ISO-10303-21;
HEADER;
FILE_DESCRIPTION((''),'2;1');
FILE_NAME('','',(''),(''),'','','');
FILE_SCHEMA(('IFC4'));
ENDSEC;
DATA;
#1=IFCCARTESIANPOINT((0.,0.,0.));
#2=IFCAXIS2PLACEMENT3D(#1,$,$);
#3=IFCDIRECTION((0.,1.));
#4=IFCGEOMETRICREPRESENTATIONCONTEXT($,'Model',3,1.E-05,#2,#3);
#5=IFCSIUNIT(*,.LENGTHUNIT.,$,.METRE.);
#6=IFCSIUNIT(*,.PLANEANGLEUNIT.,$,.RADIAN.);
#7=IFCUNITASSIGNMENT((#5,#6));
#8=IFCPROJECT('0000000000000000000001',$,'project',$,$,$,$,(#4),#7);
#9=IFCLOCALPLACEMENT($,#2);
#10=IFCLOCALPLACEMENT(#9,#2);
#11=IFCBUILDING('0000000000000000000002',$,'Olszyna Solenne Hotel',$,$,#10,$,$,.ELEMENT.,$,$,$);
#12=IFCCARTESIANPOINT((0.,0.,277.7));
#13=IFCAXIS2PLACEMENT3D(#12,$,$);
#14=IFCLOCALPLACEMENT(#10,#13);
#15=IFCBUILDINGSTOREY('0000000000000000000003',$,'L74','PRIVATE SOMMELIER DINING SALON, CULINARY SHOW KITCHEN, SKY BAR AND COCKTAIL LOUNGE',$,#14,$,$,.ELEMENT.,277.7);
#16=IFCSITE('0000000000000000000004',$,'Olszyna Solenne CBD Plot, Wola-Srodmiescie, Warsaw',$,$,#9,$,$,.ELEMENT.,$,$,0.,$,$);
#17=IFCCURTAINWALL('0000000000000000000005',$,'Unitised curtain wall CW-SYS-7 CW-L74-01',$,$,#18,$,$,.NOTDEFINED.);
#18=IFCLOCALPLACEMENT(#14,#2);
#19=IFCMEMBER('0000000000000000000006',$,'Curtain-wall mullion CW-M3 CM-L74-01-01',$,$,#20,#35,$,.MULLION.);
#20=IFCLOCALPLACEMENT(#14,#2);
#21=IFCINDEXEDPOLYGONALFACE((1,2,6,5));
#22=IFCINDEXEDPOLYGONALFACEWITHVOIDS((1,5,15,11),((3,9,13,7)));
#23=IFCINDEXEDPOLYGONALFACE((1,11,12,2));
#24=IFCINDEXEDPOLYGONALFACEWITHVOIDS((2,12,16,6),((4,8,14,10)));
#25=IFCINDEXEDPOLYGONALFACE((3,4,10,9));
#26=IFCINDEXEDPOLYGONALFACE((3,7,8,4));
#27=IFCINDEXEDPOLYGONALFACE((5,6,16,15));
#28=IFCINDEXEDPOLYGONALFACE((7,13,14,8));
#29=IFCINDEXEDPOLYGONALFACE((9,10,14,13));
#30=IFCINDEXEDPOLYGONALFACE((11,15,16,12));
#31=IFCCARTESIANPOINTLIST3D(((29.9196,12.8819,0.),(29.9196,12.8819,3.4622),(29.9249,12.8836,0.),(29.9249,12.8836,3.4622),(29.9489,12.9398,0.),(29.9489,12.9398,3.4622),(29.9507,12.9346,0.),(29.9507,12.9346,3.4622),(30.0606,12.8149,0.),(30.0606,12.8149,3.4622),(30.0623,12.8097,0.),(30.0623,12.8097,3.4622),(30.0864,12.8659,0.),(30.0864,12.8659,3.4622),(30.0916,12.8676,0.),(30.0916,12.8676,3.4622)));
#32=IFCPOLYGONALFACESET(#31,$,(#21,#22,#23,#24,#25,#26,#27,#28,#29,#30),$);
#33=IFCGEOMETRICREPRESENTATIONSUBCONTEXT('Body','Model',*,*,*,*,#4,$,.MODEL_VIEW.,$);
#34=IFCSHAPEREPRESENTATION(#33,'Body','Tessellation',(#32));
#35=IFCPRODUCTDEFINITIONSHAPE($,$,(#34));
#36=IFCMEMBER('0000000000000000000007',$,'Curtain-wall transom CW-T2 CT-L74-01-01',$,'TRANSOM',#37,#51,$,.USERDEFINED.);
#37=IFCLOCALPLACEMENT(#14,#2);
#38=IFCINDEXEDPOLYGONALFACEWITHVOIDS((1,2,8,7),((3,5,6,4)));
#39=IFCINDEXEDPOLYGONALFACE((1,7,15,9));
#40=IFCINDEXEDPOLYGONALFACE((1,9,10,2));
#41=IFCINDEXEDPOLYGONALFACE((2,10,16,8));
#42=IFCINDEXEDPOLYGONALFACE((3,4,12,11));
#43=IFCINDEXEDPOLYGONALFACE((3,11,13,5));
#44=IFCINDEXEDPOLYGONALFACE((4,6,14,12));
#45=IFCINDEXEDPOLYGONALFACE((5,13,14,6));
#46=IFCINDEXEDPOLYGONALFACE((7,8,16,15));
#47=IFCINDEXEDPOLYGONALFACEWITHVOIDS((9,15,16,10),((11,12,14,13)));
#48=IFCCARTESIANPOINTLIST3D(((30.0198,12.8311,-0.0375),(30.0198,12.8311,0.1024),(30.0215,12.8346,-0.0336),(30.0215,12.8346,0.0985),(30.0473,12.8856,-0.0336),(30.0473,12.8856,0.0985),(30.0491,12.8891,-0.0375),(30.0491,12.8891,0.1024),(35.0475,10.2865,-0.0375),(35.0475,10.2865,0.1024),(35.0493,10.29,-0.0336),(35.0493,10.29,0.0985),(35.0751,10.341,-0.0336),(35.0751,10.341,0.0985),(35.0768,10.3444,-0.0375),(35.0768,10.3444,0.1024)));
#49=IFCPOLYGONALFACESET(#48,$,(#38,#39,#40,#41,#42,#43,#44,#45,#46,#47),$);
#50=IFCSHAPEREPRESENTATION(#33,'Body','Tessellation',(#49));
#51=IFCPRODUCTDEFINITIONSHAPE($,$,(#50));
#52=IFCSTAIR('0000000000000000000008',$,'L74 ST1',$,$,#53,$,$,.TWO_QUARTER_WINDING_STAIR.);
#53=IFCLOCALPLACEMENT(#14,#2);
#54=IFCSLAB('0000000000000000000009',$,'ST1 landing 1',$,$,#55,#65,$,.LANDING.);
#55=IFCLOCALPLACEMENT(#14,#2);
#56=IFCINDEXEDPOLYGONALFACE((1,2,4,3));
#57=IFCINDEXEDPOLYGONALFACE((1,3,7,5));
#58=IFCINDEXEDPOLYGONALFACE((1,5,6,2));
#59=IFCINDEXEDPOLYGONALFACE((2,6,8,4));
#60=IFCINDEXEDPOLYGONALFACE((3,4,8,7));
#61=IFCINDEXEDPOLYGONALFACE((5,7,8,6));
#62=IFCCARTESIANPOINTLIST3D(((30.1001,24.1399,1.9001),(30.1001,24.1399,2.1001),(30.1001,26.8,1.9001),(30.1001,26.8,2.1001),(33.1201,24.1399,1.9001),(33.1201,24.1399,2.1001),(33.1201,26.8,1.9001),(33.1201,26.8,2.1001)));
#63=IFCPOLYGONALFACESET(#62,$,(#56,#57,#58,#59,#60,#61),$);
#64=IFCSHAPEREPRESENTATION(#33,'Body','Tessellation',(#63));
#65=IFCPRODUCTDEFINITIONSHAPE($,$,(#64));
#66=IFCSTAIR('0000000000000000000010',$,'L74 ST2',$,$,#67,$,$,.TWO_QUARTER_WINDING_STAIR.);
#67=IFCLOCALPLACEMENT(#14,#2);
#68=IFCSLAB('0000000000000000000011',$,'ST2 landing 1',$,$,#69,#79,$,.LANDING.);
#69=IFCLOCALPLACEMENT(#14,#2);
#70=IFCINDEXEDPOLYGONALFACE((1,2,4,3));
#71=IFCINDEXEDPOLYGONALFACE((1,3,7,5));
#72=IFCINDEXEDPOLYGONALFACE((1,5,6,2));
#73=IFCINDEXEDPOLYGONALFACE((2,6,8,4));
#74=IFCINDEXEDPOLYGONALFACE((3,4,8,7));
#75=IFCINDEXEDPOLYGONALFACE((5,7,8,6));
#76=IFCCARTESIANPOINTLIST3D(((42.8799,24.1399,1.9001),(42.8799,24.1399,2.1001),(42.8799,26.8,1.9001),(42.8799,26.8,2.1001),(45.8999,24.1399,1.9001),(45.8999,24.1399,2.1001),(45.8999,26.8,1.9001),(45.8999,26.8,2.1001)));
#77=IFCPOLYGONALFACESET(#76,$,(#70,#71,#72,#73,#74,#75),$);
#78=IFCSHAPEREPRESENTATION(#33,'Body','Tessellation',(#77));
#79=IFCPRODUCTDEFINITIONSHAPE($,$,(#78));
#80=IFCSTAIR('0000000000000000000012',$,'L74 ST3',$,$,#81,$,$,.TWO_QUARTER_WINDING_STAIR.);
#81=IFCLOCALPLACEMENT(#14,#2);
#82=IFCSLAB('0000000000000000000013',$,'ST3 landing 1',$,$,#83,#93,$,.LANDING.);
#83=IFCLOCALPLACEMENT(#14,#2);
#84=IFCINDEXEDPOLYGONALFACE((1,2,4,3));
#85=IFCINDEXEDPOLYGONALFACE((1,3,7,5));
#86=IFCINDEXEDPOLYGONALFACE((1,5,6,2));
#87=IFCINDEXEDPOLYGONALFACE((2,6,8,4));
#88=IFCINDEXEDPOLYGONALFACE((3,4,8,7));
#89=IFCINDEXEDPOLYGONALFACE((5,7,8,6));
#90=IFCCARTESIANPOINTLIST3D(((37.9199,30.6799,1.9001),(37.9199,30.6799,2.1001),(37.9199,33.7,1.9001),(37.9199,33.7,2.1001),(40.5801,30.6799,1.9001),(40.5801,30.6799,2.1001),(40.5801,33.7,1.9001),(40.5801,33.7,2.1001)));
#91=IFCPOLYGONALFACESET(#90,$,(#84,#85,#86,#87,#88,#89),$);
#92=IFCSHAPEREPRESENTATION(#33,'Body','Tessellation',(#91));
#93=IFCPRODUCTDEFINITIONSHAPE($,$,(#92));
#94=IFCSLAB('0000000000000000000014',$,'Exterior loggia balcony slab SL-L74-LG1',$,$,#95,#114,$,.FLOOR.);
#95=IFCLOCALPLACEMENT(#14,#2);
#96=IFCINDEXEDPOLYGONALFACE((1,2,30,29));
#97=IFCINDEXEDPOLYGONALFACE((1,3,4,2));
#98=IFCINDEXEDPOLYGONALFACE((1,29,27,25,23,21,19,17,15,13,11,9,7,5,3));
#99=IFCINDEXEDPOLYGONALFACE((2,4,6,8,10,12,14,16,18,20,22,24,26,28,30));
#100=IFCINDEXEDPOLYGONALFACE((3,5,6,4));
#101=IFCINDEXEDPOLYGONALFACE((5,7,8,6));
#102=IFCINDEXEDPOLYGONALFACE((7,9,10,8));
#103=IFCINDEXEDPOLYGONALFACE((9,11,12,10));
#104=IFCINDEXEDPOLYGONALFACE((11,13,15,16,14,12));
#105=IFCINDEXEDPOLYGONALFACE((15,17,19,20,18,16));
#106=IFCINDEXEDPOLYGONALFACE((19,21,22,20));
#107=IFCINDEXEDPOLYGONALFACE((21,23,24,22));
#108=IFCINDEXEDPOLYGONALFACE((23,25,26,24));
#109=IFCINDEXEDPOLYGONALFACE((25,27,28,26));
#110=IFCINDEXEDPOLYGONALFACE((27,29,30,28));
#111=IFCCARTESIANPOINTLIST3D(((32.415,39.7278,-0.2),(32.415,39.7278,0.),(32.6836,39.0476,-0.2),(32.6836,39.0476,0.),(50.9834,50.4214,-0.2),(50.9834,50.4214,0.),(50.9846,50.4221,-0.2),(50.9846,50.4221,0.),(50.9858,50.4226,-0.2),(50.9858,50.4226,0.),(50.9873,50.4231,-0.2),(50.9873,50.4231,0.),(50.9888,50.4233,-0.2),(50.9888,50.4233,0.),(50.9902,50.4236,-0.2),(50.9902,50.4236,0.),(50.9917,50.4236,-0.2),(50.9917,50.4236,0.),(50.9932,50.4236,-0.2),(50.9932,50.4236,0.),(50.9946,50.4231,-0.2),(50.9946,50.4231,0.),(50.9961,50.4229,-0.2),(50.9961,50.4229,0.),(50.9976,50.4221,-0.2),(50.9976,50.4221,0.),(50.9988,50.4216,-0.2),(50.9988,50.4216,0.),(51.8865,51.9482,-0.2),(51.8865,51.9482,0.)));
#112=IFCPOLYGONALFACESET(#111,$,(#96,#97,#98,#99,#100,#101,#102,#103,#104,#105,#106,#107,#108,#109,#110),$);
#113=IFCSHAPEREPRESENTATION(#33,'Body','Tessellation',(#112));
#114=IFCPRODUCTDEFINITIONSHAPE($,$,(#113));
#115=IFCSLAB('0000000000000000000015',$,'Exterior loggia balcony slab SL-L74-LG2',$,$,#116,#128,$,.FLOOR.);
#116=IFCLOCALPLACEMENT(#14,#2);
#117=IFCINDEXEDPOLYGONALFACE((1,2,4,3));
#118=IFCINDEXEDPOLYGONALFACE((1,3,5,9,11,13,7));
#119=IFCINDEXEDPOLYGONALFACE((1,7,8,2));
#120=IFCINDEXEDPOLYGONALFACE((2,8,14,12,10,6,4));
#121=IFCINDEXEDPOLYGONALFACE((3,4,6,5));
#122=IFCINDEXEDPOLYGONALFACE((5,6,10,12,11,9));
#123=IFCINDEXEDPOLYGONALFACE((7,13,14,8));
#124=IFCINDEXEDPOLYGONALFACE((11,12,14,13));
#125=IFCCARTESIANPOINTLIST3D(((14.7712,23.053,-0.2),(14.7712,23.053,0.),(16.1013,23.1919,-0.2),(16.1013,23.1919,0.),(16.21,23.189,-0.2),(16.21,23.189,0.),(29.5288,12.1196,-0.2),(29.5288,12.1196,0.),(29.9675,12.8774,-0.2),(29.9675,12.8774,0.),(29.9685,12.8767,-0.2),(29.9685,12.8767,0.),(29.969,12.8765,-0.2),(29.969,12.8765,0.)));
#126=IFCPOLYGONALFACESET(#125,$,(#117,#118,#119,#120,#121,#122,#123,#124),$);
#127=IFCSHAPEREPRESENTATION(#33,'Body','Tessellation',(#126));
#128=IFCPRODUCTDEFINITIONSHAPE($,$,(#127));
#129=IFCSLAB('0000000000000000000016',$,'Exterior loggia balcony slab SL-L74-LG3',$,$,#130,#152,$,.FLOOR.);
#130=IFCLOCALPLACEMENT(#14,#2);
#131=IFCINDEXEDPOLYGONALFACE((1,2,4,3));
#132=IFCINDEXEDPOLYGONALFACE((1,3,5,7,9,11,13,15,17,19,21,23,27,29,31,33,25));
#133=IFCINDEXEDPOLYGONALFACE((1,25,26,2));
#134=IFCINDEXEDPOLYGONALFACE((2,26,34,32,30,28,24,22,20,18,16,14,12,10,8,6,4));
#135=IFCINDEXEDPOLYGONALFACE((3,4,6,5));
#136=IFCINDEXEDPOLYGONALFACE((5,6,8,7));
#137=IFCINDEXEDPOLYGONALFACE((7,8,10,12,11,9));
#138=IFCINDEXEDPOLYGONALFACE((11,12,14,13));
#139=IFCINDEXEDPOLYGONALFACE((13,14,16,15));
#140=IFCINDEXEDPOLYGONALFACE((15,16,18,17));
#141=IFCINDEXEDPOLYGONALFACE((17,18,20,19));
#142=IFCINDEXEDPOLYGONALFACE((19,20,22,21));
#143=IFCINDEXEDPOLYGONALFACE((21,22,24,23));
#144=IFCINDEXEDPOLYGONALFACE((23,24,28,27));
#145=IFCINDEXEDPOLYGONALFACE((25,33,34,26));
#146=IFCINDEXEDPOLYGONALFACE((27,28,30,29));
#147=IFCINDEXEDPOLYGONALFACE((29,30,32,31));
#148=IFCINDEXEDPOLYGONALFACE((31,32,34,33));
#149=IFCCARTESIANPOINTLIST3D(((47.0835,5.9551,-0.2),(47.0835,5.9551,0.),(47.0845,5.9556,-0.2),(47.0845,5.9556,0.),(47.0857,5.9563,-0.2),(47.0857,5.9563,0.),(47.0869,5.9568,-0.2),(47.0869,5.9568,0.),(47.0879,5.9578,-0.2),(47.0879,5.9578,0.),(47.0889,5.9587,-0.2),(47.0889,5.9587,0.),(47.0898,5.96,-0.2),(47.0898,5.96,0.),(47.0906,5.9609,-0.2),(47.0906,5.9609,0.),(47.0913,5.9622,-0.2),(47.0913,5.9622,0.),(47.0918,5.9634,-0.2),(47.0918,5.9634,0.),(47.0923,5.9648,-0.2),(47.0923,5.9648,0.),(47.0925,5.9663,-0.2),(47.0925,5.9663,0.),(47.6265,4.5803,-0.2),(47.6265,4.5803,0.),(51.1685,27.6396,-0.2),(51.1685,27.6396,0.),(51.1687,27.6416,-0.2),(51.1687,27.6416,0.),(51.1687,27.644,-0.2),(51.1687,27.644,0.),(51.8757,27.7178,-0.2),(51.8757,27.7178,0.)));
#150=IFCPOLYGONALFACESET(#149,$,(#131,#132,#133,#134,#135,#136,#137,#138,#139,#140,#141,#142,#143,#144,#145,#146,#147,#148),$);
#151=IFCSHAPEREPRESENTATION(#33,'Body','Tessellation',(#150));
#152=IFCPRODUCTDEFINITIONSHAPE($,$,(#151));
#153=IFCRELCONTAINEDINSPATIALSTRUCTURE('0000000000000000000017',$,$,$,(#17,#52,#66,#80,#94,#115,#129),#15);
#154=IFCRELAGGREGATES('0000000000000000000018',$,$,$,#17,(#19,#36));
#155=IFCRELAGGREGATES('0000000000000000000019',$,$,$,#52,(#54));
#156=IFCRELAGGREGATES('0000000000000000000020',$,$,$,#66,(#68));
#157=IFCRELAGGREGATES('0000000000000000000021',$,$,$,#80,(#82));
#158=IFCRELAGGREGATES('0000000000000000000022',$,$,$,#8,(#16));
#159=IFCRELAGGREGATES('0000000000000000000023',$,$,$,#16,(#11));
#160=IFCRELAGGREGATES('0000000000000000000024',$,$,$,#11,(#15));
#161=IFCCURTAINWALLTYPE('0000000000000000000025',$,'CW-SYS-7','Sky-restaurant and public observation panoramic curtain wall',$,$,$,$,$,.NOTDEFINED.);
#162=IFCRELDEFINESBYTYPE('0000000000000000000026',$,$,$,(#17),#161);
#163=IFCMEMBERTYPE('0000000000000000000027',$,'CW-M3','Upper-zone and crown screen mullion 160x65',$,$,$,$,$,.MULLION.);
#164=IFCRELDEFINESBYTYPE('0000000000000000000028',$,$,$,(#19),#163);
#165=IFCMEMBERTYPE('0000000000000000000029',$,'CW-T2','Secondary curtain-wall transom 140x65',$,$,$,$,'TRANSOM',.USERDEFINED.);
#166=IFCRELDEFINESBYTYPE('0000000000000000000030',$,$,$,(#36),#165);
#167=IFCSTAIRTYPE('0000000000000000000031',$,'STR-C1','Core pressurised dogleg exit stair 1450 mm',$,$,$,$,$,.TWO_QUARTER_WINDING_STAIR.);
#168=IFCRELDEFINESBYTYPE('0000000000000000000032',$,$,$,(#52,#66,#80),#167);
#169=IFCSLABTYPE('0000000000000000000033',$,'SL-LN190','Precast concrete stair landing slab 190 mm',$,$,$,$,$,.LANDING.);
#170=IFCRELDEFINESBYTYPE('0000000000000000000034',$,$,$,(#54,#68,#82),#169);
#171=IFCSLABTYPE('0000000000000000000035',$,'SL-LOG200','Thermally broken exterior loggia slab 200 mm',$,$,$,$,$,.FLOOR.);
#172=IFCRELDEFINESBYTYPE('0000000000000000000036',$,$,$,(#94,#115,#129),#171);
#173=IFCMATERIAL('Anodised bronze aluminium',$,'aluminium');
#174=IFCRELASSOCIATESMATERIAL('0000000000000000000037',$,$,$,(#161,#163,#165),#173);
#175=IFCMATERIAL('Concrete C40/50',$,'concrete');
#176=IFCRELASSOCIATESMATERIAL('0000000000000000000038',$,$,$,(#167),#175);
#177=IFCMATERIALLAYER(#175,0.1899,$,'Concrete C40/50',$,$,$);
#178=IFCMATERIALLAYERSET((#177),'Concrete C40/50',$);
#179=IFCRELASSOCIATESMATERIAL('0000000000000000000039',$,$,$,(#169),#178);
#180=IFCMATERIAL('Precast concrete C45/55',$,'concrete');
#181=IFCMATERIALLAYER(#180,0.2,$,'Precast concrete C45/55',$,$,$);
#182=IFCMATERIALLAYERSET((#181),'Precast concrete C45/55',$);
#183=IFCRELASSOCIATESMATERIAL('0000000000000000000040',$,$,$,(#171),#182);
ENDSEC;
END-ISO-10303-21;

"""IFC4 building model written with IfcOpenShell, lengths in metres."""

from ifc_helpers import new_model, si_unit, direction, frame, origin, origin_2d, place, context, subcontext, project, spatial, polyline, hollow_rectangle, outline, extrude, source, transform, mapped, material, layer, layer_set, material_profile, profile_set, type_object, element, aggregate, save


model = new_model("IFC4")

# Units and contexts
model_context = context("Model", 3, precision=1e-05, world=origin(), true_north=direction((0.0, 1.0)))
body_context = subcontext(model_context, "Body", "Model", "MODEL_VIEW")
ifc_project = project(units=[si_unit("LENGTHUNIT", "METRE"), si_unit("PLANEANGLEUNIT", "RADIAN")], contexts=[model_context])

# Site, building, storey
site_placement = place(None, origin())
site = spatial("IfcSite", under=ifc_project, at=site_placement, Name="Olszyna Solenne CBD Plot, Wola-Srodmiescie, Warsaw", CompositionType="ELEMENT", RefElevation=0.0)
building_placement = place(site_placement, origin())
building = spatial("IfcBuilding", under=site, at=building_placement, Name="Olszyna Solenne Hotel", CompositionType="ELEMENT")
storey_placement = place(building_placement, frame((0.0, 0.0, 277.7)))
storey = spatial("IfcBuildingStorey", under=building, at=storey_placement, Name="L74", Description="PRIVATE SOMMELIER DINING SALON, CULINARY SHOW KITCHEN, SKY BAR AND COCKTAIL LOUNGE", CompositionType="ELEMENT", Elevation=277.7)

# Curtain wall, members
ifc_material_1 = material(Name="Anodised bronze aluminium", Category="aluminium")
curtain_wall_type = type_object("IfcCurtainWallType", Name="CW-SYS-7", Description="Sky-restaurant and public observation panoramic curtain wall", PredefinedType="NOTDEFINED", material=ifc_material_1)
curtain_wall_placement = place(storey_placement, origin())
curtain_wall = element("IfcCurtainWall", 1, at=curtain_wall_placement, inside=storey, type_object=curtain_wall_type, Name="Unitised curtain wall CW-SYS-7 CW-L74-01", PredefinedType="NOTDEFINED")
ifc_material_profile_1 = material_profile(ifc_material_1, hollow_rectangle(XDim=0.0649, YDim=0.1599, WallThickness=0.0039, at=origin_2d()), Name="MULL 160x65x4", Category="load-bearing")
ifc_profile_set_1 = profile_set([ifc_material_profile_1], Name="Anodised bronze aluminium")
member_type_1 = type_object("IfcMemberType", Name="CW-M3", Description="Upper-zone and crown screen mullion 160x65", PredefinedType="MULLION", material=ifc_profile_set_1)
shared_shape_1 = source(origin(), body_context, "Body", "SweptSolid", [
    extrude(hollow_rectangle(XDim=0.0649, YDim=0.1599, WallThickness=0.0039, at=origin_2d()), origin(), (0.0, 0.0, 1.0), 3.4622),
])
member_1_placement = place(storey_placement, frame((30.0056, 12.8748, 0.0), z_axis=(0.0, 0.0, 1.0), x_axis=(0.451574, 0.892234, 0.0)))
member_1 = element("IfcMember", 2, at=member_1_placement, type_object=member_type_1, Name="Curtain-wall mullion CW-M3 CM-L74-01-01", PredefinedType="MULLION", context=body_context, shape_type="MappedRepresentation", body=[
    mapped(shared_shape_1, transform((0.0, 0.0, 0.0), x_axis=(1.0, 0.0, 0.0), y_axis=(0.0, 1.0, 0.0), z_axis=(0.0, 0.0, 1.0), scale=1.0)),
])
ifc_material_profile_2 = material_profile(ifc_material_1, hollow_rectangle(XDim=0.0649, YDim=0.1399, WallThickness=0.0039, at=origin_2d()), Name="TRAN 140x65x4", Category="load-bearing")
ifc_profile_set_2 = profile_set([ifc_material_profile_2], Name="Anodised bronze aluminium")
member_type_2 = type_object("IfcMemberType", Name="CW-T2", Description="Secondary curtain-wall transom 140x65", ElementType="TRANSOM", PredefinedType="USERDEFINED", material=ifc_profile_set_2)
shared_shape_2 = source(origin(), body_context, "Body", "SweptSolid", [
    extrude(hollow_rectangle(XDim=0.0649, YDim=0.1399, WallThickness=0.0039, at=origin_2d()), origin(), (0.0, 0.0, 1.0), 5.635),
])
member_2_placement = place(storey_placement, frame((30.0344, 12.8601, 0.0325), z_axis=(0.892233, -0.451575, 0.0), x_axis=(0.451575, 0.892233, 0.0)))
member_2 = element("IfcMember", 3, at=member_2_placement, type_object=member_type_2, Name="Curtain-wall transom CW-T2 CT-L74-01-01", ObjectType="TRANSOM", PredefinedType="USERDEFINED", context=body_context, shape_type="MappedRepresentation", body=[
    mapped(shared_shape_2, transform((0.0, 0.0, 0.0), x_axis=(1.0, 0.0, 0.0), y_axis=(0.0, 1.0, 0.0), z_axis=(0.0, 0.0, 1.0), scale=1.0)),
])
aggregate(curtain_wall, [member_1, member_2])

# Stairs, slabs
ifc_material_2 = material(Name="Concrete C40/50", Category="concrete")
stair_type = type_object("IfcStairType", Name="STR-C1", Description="Core pressurised dogleg exit stair 1450 mm", PredefinedType="TWO_QUARTER_WINDING_STAIR", material=ifc_material_2)
stair_1_placement = place(storey_placement, origin())
stair_1 = element("IfcStair", 4, at=stair_1_placement, inside=storey, type_object=stair_type, Name="L74 ST1", PredefinedType="TWO_QUARTER_WINDING_STAIR")
ifc_layer_1 = layer(ifc_material_2, 0.1899, Name="Concrete C40/50")
ifc_layer_set_1 = layer_set([ifc_layer_1], Name="Concrete C40/50")
slab_type_1 = type_object("IfcSlabType", Name="SL-LN190", Description="Precast concrete stair landing slab 190 mm", PredefinedType="LANDING", material=ifc_layer_set_1)
slab_1_placement = place(storey_placement, frame((0.0, 0.0, 1.9001)))
slab_1 = element("IfcSlab", 5, at=slab_1_placement, type_object=slab_type_1, Name="ST1 landing 1", PredefinedType="LANDING", context=body_context, shape_type="SweptSolid", body=[
    extrude(outline(polyline([(33.1201, 24.1399), (33.1201, 26.8), (30.1001, 26.8), (30.1001, 24.1399), (33.1201, 24.1399)])), origin(), (0.0, 0.0, 1.0), 0.2),
])
aggregate(stair_1, [slab_1])
stair_2_placement = place(storey_placement, origin())
stair_2 = element("IfcStair", 6, at=stair_2_placement, inside=storey, type_object=stair_type, Name="L74 ST2", PredefinedType="TWO_QUARTER_WINDING_STAIR")
slab_2_placement = place(storey_placement, frame((0.0, 0.0, 1.9001)))
slab_2 = element("IfcSlab", 7, at=slab_2_placement, type_object=slab_type_1, Name="ST2 landing 1", PredefinedType="LANDING", context=body_context, shape_type="SweptSolid", body=[
    extrude(outline(polyline([(45.8999, 24.1399), (45.8999, 26.8), (42.8799, 26.8), (42.8799, 24.1399), (45.8999, 24.1399)])), origin(), (0.0, 0.0, 1.0), 0.2),
])
aggregate(stair_2, [slab_2])
stair_3_placement = place(storey_placement, origin())
stair_3 = element("IfcStair", 8, at=stair_3_placement, inside=storey, type_object=stair_type, Name="L74 ST3", PredefinedType="TWO_QUARTER_WINDING_STAIR")
slab_3_placement = place(storey_placement, frame((0.0, 0.0, 1.9001)))
slab_3 = element("IfcSlab", 9, at=slab_3_placement, type_object=slab_type_1, Name="ST3 landing 1", PredefinedType="LANDING", context=body_context, shape_type="SweptSolid", body=[
    extrude(outline(polyline([(37.9199, 30.6799), (40.5801, 30.6799), (40.5801, 33.7), (37.9199, 33.7), (37.9199, 30.6799)])), origin(), (0.0, 0.0, 1.0), 0.2),
])
aggregate(stair_3, [slab_3])

# Slabs
ifc_material_3 = material(Name="Precast concrete C45/55", Category="concrete")
ifc_layer_2 = layer(ifc_material_3, 0.2, Name="Precast concrete C45/55")
ifc_layer_set_2 = layer_set([ifc_layer_2], Name="Precast concrete C45/55")
slab_type_2 = type_object("IfcSlabType", Name="SL-LOG200", Description="Thermally broken exterior loggia slab 200 mm", PredefinedType="FLOOR", material=ifc_layer_set_2)
slab_4_placement = place(storey_placement, frame((0.0, 0.0, -0.2)))
element("IfcSlab", 10, at=slab_4_placement, inside=storey, type_object=slab_type_2, Name="Exterior loggia balcony slab SL-L74-LG1", PredefinedType="FLOOR", context=body_context, shape_type="SweptSolid", body=[
    extrude(outline(polyline([(32.6836, 39.0476), (50.9834, 50.4214), (50.9846, 50.4221), (50.9858, 50.4226), (50.9873, 50.4231), (50.9888, 50.4233), (50.9902, 50.4236), (50.9917, 50.4236), (50.9932, 50.4236), (50.9946, 50.4231), (50.9961, 50.4229), (50.9976, 50.4221), (50.9988, 50.4216), (51.8865, 51.9482), (32.415, 39.7278), (32.6836, 39.0476)])), origin(), (0.0, 0.0, 1.0), 0.2),
])
slab_5_placement = place(storey_placement, frame((0.0, 0.0, -0.2)))
element("IfcSlab", 11, at=slab_5_placement, inside=storey, type_object=slab_type_2, Name="Exterior loggia balcony slab SL-L74-LG2", PredefinedType="FLOOR", context=body_context, shape_type="SweptSolid", body=[
    extrude(outline(polyline([(29.969, 12.8765), (29.9685, 12.8767), (29.9675, 12.8774), (16.21, 23.189), (16.1013, 23.1919), (14.7712, 23.053), (29.5288, 12.1196), (29.969, 12.8765)])), origin(), (0.0, 0.0, 1.0), 0.2),
])
slab_6_placement = place(storey_placement, frame((0.0, 0.0, -0.2)))
element("IfcSlab", 12, at=slab_6_placement, inside=storey, type_object=slab_type_2, Name="Exterior loggia balcony slab SL-L74-LG3", PredefinedType="FLOOR", context=body_context, shape_type="SweptSolid", body=[
    extrude(outline(polyline([(51.1687, 27.644), (51.1687, 27.6416), (51.1685, 27.6396), (47.0925, 5.9663), (47.0923, 5.9648), (47.0918, 5.9634), (47.0913, 5.9622), (47.0906, 5.9609), (47.0898, 5.96), (47.0889, 5.9587), (47.0879, 5.9578), (47.0869, 5.9568), (47.0857, 5.9563), (47.0845, 5.9556), (47.0835, 5.9551), (47.6265, 4.5803), (51.8757, 27.7178), (51.1687, 27.644)])), origin(), (0.0, 0.0, 1.0), 0.2),
])

save(model, "model.ifc")
